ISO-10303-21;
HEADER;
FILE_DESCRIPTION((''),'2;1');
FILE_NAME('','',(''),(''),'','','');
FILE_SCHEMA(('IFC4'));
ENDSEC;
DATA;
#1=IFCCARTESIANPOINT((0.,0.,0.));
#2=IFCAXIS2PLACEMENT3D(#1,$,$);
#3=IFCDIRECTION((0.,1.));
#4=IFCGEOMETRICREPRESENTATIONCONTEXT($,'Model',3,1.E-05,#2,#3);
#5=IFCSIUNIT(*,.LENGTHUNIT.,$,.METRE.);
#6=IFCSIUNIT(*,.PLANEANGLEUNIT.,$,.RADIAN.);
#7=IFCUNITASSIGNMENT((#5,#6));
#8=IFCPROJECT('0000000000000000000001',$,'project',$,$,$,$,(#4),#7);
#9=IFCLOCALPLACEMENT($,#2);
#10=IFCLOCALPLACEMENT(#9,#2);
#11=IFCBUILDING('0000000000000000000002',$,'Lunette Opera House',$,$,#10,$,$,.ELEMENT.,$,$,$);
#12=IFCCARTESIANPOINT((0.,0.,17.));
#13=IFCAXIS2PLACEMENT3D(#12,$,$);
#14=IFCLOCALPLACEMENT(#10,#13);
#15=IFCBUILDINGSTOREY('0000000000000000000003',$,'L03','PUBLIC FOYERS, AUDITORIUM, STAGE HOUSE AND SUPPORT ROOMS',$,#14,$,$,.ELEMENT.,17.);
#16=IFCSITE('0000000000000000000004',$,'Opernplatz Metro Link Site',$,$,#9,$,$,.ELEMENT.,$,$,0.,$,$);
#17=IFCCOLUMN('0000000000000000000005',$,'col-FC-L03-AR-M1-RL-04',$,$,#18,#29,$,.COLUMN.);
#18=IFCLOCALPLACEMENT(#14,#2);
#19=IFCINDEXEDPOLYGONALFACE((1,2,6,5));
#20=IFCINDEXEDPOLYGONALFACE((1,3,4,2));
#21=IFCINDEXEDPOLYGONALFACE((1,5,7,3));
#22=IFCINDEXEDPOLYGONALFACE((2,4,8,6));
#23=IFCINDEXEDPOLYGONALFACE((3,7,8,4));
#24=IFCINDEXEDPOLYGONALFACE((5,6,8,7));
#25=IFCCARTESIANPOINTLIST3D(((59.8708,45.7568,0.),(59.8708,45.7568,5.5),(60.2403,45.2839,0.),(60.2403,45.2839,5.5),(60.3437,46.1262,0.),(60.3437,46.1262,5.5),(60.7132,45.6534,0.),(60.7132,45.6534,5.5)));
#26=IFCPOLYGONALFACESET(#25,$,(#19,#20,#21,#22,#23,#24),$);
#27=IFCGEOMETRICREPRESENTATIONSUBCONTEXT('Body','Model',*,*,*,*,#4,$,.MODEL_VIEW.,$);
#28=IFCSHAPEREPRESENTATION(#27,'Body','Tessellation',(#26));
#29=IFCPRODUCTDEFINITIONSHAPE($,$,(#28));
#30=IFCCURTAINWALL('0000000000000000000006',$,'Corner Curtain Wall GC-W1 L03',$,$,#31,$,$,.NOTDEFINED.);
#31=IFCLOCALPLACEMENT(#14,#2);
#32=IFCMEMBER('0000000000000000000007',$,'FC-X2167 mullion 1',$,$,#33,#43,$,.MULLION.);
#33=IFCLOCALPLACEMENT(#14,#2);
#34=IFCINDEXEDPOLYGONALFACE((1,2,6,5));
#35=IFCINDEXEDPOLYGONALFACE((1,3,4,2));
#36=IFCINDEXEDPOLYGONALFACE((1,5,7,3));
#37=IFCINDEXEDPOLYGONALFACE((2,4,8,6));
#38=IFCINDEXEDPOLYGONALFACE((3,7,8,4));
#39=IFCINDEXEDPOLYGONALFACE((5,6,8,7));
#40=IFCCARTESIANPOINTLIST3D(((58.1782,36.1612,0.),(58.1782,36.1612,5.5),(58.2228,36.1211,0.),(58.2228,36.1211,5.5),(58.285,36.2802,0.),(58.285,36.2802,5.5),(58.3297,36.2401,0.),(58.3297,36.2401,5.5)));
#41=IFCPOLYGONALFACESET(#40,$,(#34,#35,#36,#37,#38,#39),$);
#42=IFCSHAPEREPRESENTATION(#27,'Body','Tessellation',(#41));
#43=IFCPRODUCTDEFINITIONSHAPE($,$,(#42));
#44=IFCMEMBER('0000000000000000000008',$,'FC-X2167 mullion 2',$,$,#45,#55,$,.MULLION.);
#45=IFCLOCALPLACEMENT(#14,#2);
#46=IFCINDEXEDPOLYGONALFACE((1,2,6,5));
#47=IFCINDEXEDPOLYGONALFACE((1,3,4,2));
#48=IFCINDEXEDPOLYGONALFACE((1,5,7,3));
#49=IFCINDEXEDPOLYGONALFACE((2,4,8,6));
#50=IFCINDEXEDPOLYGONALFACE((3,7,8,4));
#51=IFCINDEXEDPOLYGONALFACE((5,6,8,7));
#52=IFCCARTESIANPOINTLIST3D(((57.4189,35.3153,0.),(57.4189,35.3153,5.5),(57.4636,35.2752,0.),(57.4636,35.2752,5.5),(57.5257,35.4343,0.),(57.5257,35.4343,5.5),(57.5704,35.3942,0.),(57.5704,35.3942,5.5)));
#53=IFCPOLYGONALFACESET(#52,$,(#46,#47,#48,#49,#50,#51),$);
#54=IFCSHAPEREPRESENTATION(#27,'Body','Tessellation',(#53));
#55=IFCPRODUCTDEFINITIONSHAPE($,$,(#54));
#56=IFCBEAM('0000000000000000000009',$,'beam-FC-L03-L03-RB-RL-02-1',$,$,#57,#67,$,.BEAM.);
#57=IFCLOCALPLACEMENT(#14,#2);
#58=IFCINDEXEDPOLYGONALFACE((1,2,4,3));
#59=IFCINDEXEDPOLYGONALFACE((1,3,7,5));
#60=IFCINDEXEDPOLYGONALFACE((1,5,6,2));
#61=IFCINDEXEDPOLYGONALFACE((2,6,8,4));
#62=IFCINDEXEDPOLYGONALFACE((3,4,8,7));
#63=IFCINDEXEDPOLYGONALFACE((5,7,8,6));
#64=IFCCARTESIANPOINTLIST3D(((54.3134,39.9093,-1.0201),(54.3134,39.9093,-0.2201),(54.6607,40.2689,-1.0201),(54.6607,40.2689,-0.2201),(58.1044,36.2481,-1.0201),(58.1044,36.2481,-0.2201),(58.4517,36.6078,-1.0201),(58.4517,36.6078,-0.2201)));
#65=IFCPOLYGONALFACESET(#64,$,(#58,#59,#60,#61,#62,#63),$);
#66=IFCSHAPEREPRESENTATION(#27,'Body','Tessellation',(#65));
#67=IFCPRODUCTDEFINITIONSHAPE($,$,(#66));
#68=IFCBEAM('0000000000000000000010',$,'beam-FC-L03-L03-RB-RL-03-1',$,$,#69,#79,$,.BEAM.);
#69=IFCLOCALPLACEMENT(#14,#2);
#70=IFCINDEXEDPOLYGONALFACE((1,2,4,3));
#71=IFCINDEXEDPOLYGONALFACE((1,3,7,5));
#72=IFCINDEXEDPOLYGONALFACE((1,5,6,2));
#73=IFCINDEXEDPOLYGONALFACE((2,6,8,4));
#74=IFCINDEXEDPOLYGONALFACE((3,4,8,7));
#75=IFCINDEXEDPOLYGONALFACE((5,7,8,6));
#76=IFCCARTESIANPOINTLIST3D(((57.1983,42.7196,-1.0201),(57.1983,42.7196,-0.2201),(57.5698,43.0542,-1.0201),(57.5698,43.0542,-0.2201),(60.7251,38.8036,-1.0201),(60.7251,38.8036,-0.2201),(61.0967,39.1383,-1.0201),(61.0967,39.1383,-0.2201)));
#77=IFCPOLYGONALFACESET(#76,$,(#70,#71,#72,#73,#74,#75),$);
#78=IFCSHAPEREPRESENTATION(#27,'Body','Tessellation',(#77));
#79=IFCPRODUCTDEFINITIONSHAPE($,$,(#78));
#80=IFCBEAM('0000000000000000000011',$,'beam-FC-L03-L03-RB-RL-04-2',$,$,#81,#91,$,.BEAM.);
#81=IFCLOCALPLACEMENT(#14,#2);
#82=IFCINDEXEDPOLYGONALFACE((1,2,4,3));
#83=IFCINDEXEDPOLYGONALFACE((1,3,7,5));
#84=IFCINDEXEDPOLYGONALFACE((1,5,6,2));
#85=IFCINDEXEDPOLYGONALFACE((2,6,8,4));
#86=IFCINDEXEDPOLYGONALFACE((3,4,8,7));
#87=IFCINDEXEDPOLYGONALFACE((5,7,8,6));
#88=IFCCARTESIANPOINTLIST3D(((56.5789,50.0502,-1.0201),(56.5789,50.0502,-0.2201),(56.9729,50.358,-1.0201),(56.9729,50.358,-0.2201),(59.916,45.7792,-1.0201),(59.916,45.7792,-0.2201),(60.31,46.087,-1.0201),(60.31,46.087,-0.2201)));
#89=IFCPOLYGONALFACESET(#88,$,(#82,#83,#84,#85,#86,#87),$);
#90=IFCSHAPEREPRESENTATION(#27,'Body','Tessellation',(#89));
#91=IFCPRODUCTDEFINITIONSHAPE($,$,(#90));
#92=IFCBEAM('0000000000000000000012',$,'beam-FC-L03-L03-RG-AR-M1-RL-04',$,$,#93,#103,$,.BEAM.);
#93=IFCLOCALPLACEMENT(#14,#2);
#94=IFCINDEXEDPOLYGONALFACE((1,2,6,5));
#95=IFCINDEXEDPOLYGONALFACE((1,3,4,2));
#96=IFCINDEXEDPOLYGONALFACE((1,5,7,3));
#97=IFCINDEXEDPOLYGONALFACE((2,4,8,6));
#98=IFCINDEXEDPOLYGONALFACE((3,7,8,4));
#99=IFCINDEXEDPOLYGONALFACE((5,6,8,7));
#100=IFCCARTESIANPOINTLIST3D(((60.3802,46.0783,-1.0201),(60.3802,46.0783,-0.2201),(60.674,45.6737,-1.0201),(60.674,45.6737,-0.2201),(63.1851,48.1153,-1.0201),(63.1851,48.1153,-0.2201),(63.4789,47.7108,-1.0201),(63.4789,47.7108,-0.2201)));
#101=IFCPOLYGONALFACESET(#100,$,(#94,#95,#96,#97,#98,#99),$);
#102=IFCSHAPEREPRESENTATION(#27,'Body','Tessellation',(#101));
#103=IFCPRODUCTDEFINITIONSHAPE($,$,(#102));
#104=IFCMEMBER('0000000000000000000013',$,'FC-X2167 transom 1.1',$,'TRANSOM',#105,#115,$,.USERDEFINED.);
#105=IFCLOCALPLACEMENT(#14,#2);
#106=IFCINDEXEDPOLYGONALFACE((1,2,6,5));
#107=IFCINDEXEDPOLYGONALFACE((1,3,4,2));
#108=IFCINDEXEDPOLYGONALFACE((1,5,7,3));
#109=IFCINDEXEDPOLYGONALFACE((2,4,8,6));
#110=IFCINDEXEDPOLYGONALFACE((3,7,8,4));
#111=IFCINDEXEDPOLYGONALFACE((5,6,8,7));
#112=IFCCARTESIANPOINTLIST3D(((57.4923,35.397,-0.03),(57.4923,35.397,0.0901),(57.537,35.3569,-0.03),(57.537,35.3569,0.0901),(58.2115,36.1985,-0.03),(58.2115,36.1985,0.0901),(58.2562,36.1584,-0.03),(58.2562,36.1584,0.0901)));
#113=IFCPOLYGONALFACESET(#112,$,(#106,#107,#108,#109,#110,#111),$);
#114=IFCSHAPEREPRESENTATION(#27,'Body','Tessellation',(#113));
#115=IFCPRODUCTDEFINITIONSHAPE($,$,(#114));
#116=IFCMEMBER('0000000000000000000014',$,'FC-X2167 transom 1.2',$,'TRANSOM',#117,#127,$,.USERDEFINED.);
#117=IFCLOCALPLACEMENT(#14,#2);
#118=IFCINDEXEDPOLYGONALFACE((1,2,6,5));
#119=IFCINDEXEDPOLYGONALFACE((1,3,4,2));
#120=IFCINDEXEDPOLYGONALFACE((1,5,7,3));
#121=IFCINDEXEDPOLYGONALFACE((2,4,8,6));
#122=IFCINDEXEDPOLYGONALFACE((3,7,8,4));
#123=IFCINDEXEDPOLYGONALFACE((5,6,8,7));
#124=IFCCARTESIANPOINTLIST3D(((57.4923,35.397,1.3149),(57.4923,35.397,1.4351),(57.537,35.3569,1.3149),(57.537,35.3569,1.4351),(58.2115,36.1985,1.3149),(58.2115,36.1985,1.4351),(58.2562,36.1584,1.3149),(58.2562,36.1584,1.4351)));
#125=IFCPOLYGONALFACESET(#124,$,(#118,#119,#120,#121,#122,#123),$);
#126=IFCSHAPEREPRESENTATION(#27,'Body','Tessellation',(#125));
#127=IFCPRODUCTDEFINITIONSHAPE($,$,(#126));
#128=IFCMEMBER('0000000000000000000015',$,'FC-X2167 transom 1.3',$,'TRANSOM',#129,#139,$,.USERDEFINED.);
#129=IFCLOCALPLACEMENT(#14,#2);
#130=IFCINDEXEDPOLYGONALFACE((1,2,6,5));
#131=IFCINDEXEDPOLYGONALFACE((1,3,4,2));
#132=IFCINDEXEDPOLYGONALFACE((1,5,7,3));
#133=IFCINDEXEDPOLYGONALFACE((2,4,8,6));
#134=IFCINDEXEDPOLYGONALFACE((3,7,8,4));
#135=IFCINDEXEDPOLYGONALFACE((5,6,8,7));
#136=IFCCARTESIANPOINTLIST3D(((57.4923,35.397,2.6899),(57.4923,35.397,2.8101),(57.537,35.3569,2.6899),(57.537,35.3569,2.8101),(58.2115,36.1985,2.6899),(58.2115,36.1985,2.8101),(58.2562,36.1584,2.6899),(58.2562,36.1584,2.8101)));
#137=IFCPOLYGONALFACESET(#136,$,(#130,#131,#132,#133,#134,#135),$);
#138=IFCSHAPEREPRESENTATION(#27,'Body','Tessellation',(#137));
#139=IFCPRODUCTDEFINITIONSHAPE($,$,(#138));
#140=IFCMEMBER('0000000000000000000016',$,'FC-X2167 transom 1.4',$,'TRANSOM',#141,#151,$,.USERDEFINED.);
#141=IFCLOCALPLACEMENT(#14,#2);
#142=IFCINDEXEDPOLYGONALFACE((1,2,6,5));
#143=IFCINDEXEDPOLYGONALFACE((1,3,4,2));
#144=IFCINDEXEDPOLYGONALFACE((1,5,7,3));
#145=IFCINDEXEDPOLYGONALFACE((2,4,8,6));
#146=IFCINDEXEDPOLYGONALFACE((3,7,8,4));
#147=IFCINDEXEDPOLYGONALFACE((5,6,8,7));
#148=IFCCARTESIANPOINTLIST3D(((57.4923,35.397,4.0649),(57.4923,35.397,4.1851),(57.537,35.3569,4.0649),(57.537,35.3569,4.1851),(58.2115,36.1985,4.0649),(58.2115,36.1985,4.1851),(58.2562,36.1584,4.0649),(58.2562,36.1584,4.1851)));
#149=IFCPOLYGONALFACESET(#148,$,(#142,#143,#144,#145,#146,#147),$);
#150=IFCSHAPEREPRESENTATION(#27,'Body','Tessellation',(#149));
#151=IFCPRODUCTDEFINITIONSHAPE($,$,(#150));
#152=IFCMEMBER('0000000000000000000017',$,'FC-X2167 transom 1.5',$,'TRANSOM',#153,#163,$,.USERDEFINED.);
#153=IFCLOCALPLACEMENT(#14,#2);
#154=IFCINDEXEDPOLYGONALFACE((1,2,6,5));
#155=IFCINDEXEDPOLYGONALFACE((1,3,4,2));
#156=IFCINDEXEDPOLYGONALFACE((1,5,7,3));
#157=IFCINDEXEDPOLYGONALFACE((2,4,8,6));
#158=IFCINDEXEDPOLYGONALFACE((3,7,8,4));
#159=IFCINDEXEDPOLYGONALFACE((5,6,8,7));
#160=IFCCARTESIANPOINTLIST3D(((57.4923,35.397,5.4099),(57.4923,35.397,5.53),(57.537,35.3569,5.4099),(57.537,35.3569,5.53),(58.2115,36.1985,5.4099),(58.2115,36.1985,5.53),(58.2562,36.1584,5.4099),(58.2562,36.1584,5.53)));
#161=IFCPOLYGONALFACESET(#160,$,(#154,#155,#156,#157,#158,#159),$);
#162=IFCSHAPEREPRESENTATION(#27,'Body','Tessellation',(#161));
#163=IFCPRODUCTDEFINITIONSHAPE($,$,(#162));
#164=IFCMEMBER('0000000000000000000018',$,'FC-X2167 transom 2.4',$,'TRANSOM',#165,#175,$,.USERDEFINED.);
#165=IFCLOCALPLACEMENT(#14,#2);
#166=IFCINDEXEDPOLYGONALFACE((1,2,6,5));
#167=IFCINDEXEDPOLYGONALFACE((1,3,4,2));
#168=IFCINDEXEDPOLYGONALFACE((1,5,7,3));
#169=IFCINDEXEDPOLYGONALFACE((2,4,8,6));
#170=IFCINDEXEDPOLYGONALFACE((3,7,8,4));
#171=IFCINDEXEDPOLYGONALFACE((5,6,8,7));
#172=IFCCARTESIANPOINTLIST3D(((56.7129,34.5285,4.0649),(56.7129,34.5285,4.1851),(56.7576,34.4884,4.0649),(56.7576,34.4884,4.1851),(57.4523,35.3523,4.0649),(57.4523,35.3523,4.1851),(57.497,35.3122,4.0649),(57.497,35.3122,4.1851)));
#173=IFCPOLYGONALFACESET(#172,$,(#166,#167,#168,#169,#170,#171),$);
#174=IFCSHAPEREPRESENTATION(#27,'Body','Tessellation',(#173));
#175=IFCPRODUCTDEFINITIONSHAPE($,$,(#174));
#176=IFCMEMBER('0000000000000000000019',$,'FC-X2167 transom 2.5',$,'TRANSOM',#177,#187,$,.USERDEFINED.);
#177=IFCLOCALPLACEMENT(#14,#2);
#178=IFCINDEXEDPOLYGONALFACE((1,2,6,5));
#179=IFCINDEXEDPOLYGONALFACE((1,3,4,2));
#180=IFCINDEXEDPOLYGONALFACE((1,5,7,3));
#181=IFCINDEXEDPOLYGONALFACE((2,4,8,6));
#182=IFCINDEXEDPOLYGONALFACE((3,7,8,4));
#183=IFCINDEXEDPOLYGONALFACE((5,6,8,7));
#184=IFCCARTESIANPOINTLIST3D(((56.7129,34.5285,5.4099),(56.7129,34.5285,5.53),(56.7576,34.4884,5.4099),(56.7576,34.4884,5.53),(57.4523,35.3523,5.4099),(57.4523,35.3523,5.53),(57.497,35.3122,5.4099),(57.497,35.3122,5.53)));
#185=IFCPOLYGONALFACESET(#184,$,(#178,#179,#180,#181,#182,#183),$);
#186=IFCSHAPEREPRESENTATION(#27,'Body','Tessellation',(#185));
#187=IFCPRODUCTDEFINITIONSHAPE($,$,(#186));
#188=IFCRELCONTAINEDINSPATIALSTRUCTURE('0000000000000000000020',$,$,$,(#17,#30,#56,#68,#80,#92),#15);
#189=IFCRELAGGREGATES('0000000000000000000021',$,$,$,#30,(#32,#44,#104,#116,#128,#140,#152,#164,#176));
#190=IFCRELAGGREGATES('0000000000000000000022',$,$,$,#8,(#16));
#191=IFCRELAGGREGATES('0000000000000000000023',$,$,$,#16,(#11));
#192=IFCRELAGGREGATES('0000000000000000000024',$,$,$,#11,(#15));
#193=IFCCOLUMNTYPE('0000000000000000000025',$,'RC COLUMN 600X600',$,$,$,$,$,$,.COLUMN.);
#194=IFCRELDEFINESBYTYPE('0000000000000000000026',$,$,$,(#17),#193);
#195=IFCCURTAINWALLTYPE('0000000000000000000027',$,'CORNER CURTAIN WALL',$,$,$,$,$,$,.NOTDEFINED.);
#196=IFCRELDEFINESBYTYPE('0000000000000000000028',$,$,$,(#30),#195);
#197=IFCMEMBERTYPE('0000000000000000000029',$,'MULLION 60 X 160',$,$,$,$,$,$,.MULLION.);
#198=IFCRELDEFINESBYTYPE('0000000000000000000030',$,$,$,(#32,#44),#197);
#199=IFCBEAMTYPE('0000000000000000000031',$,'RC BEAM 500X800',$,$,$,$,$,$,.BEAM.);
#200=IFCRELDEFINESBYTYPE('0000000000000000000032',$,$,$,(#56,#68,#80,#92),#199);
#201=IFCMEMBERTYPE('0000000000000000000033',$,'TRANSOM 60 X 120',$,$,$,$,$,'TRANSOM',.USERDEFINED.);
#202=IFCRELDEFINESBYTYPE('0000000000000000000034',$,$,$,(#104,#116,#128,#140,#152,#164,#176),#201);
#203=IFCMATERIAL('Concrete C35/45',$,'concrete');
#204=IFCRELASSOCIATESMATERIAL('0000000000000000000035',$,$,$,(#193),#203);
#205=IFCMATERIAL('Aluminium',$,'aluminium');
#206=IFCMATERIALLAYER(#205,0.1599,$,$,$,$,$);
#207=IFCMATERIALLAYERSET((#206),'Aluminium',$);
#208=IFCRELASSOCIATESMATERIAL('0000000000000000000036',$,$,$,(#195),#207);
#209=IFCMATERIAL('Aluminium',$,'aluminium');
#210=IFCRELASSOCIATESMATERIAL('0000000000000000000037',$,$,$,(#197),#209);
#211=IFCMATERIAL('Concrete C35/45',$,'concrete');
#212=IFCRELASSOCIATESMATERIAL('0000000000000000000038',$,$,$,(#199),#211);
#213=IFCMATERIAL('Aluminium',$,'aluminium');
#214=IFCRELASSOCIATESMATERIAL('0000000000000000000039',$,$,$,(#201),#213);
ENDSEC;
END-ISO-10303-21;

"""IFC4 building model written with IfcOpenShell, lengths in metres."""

from ifc_helpers import new_model, si_unit, direction, frame, origin, origin_2d, place, context, subcontext, project, spatial, rectangle, extrude, material, layer, layer_set, material_profile, profile_set, type_object, element, aggregate, save


model = new_model("IFC4")

# Units and contexts
model_context = context("Model", 3, precision=1e-05, world=origin(), true_north=direction((0.0, 1.0)))
body_context = subcontext(model_context, "Body", "Model", "MODEL_VIEW")
ifc_project = project(units=[si_unit("LENGTHUNIT", "METRE"), si_unit("PLANEANGLEUNIT", "RADIAN")], contexts=[model_context])

# Site, building, storey
site_placement = place(None, origin())
site = spatial("IfcSite", under=ifc_project, at=site_placement, Name="Opernplatz Metro Link Site", CompositionType="ELEMENT", RefElevation=0.0)
building_placement = place(site_placement, origin())
building = spatial("IfcBuilding", under=site, at=building_placement, Name="Lunette Opera House", CompositionType="ELEMENT")
storey_placement = place(building_placement, frame((0.0, 0.0, 17.0)))
storey = spatial("IfcBuildingStorey", under=building, at=storey_placement, Name="L03", Description="PUBLIC FOYERS, AUDITORIUM, STAGE HOUSE AND SUPPORT ROOMS", CompositionType="ELEMENT", Elevation=17.0)

# Column
ifc_material_1 = material(Name="Concrete C35/45", Category="concrete")
ifc_material_profile_1 = material_profile(ifc_material_1, rectangle(XDim=0.6001, YDim=0.6001, at=origin_2d()), Name="RC COLUMN 600X600")
ifc_profile_set_1 = profile_set([ifc_material_profile_1], Name="Concrete C35/45")
column_type = type_object("IfcColumnType", Name="RC COLUMN 600X600", PredefinedType="COLUMN", material=ifc_profile_set_1)
column_placement = place(storey_placement, frame((60.292, 45.7051, 0.0), z_axis=(0.0, 0.0, 1.0), x_axis=(0.788011, 0.615661, 0.0)))
element("IfcColumn", 1, at=column_placement, inside=storey, type_object=column_type, Name="col-FC-L03-AR-M1-RL-04", PredefinedType="COLUMN", context=body_context, shape_type="SweptSolid", body=[
    extrude(rectangle(XDim=0.6001, YDim=0.6001, at=origin_2d()), origin(), (0.0, 0.0, 1.0), 5.5),
])

# Curtain wall, members
ifc_material_2 = material(Name="Aluminium", Category="aluminium")
ifc_layer_1 = layer(ifc_material_2, 0.1599)
ifc_layer_set_1 = layer_set([ifc_layer_1], Name="Aluminium")
curtain_wall_type = type_object("IfcCurtainWallType", Name="CORNER CURTAIN WALL", PredefinedType="NOTDEFINED", material=ifc_layer_set_1)
curtain_wall_placement = place(storey_placement, origin())
curtain_wall = element("IfcCurtainWall", 2, at=curtain_wall_placement, inside=storey, type_object=curtain_wall_type, Name="Corner Curtain Wall GC-W1 L03", PredefinedType="NOTDEFINED")
ifc_material_3 = material(Name="Aluminium", Category="aluminium")
ifc_material_profile_2 = material_profile(ifc_material_3, rectangle(XDim=0.0601, YDim=0.1599, at=origin_2d()), Name="MULLION 60 X 160")
ifc_profile_set_2 = profile_set([ifc_material_profile_2], Name="Aluminium")
member_type_1 = type_object("IfcMemberType", Name="MULLION 60 X 160", PredefinedType="MULLION", material=ifc_profile_set_2)
member_1_placement = place(storey_placement, frame((58.2539, 36.2007, 0.0), z_axis=(0.0, 0.0, 1.0), x_axis=(0.744217, -0.667938, 0.0)))
member_1 = element("IfcMember", 3, at=member_1_placement, type_object=member_type_1, Name="FC-X2167 mullion 1", PredefinedType="MULLION", context=body_context, shape_type="SweptSolid", body=[
    extrude(rectangle(XDim=0.0601, YDim=0.1599, at=origin_2d()), origin(), (0.0, 0.0, 1.0), 5.5),
])
member_2_placement = place(storey_placement, frame((57.4946, 35.3547, 0.0), z_axis=(0.0, 0.0, 1.0), x_axis=(0.744217, -0.667938, 0.0)))
member_2 = element("IfcMember", 4, at=member_2_placement, type_object=member_type_1, Name="FC-X2167 mullion 2", PredefinedType="MULLION", context=body_context, shape_type="SweptSolid", body=[
    extrude(rectangle(XDim=0.0601, YDim=0.1599, at=origin_2d()), origin(), (0.0, 0.0, 1.0), 5.5),
])

# Beams
ifc_material_4 = material(Name="Concrete C35/45", Category="concrete")
ifc_material_profile_3 = material_profile(ifc_material_4, rectangle(XDim=0.5, YDim=0.8, at=origin_2d()), Name="RC BEAM 500X800")
ifc_profile_set_3 = profile_set([ifc_material_profile_3], Name="Concrete C35/45")
beam_type = type_object("IfcBeamType", Name="RC BEAM 500X800", PredefinedType="BEAM", material=ifc_profile_set_3)
beam_1_placement = place(storey_placement, frame((58.2781, 36.428, -0.6201), z_axis=(-0.719322, 0.694677, 0.0), x_axis=(-0.694677, -0.719322, 0.0)))
element("IfcBeam", 5, at=beam_1_placement, inside=storey, type_object=beam_type, Name="beam-FC-L03-L03-RB-RL-02-1", PredefinedType="BEAM", context=body_context, shape_type="SweptSolid", body=[
    extrude(rectangle(XDim=0.5, YDim=0.8, at=origin_2d()), origin(), (0.0, 0.0, 1.0), 5.2703),
])
beam_2_placement = place(storey_placement, frame((60.9109, 38.9709, -0.6201), z_axis=(-0.669221, 0.743064, 0.0), x_axis=(-0.743064, -0.669221, 0.0)))
element("IfcBeam", 6, at=beam_2_placement, inside=storey, type_object=beam_type, Name="beam-FC-L03-L03-RB-RL-03-1", PredefinedType="BEAM", context=body_context, shape_type="SweptSolid", body=[
    extrude(rectangle(XDim=0.5, YDim=0.8, at=origin_2d()), origin(), (0.0, 0.0, 1.0), 5.27),
])
beam_3_placement = place(storey_placement, frame((60.113, 45.9331, -0.6201), z_axis=(-0.615695, 0.787985, 0.0), x_axis=(-0.787985, -0.615695, 0.0)))
element("IfcBeam", 7, at=beam_3_placement, inside=storey, type_object=beam_type, Name="beam-FC-L03-L03-RB-RL-04-2", PredefinedType="BEAM", context=body_context, shape_type="SweptSolid", body=[
    extrude(rectangle(XDim=0.5, YDim=0.8, at=origin_2d()), origin(), (0.0, 0.0, 1.0), 5.4202),
])
beam_4_placement = place(storey_placement, frame((60.5271, 45.876, -0.6201), z_axis=(0.809126, 0.587636, 0.0), x_axis=(-0.587636, 0.809126, 0.0)))
element("IfcBeam", 8, at=beam_4_placement, inside=storey, type_object=beam_type, Name="beam-FC-L03-L03-RG-AR-M1-RL-04", PredefinedType="BEAM", context=body_context, shape_type="SweptSolid", body=[
    extrude(rectangle(XDim=0.5, YDim=0.8, at=origin_2d()), origin(), (0.0, 0.0, 1.0), 3.4666),
])

# Members
ifc_material_5 = material(Name="Aluminium", Category="aluminium")
ifc_material_profile_4 = material_profile(ifc_material_5, rectangle(XDim=0.0601, YDim=0.1201, at=origin_2d()), Name="TRANSOM 60 X 120")
ifc_profile_set_4 = profile_set([ifc_material_profile_4], Name="Aluminium")
member_type_2 = type_object("IfcMemberType", Name="TRANSOM 60 X 120", ElementType="TRANSOM", PredefinedType="USERDEFINED", material=ifc_profile_set_4)
member_3_placement = place(storey_placement, frame((58.2339, 36.1785, 0.03), z_axis=(-0.667874, -0.744274, 0.0), x_axis=(0.744274, -0.667874, 0.0)))
member_3 = element("IfcMember", 9, at=member_3_placement, type_object=member_type_2, Name="FC-X2167 transom 1.1", ObjectType="TRANSOM", PredefinedType="USERDEFINED", context=body_context, shape_type="SweptSolid", body=[
    extrude(rectangle(XDim=0.0601, YDim=0.1201, at=origin_2d()), origin(), (0.0, 0.0, 1.0), 1.0769),
])
member_4_placement = place(storey_placement, frame((58.2339, 36.1785, 1.375), z_axis=(-0.667874, -0.744274, 0.0), x_axis=(0.744274, -0.667874, 0.0)))
member_4 = element("IfcMember", 10, at=member_4_placement, type_object=member_type_2, Name="FC-X2167 transom 1.2", ObjectType="TRANSOM", PredefinedType="USERDEFINED", context=body_context, shape_type="SweptSolid", body=[
    extrude(rectangle(XDim=0.0601, YDim=0.1201, at=origin_2d()), origin(), (0.0, 0.0, 1.0), 1.0769),
])
member_5_placement = place(storey_placement, frame((58.2339, 36.1785, 2.75), z_axis=(-0.667874, -0.744274, 0.0), x_axis=(0.744274, -0.667874, 0.0)))
member_5 = element("IfcMember", 11, at=member_5_placement, type_object=member_type_2, Name="FC-X2167 transom 1.3", ObjectType="TRANSOM", PredefinedType="USERDEFINED", context=body_context, shape_type="SweptSolid", body=[
    extrude(rectangle(XDim=0.0601, YDim=0.1201, at=origin_2d()), origin(), (0.0, 0.0, 1.0), 1.0769),
])
member_6_placement = place(storey_placement, frame((58.2339, 36.1785, 4.125), z_axis=(-0.667874, -0.744274, 0.0), x_axis=(0.744274, -0.667874, 0.0)))
member_6 = element("IfcMember", 12, at=member_6_placement, type_object=member_type_2, Name="FC-X2167 transom 1.4", ObjectType="TRANSOM", PredefinedType="USERDEFINED", context=body_context, shape_type="SweptSolid", body=[
    extrude(rectangle(XDim=0.0601, YDim=0.1201, at=origin_2d()), origin(), (0.0, 0.0, 1.0), 1.0769),
])
member_7_placement = place(storey_placement, frame((58.2339, 36.1785, 5.47), z_axis=(-0.667874, -0.744274, 0.0), x_axis=(0.744274, -0.667874, 0.0)))
member_7 = element("IfcMember", 13, at=member_7_placement, type_object=member_type_2, Name="FC-X2167 transom 1.5", ObjectType="TRANSOM", PredefinedType="USERDEFINED", context=body_context, shape_type="SweptSolid", body=[
    extrude(rectangle(XDim=0.0601, YDim=0.1201, at=origin_2d()), origin(), (0.0, 0.0, 1.0), 1.0769),
])
member_8_placement = place(storey_placement, frame((57.4746, 35.3323, 4.125), z_axis=(-0.667916, -0.744237, 0.0), x_axis=(0.744237, -0.667916, 0.0)))
member_8 = element("IfcMember", 14, at=member_8_placement, type_object=member_type_2, Name="FC-X2167 transom 2.4", ObjectType="TRANSOM", PredefinedType="USERDEFINED", context=body_context, shape_type="SweptSolid", body=[
    extrude(rectangle(XDim=0.0601, YDim=0.1201, at=origin_2d()), origin(), (0.0, 0.0, 1.0), 1.1069),
])
member_9_placement = place(storey_placement, frame((57.4746, 35.3323, 5.47), z_axis=(-0.667916, -0.744237, 0.0), x_axis=(0.744237, -0.667916, 0.0)))
member_9 = element("IfcMember", 15, at=member_9_placement, type_object=member_type_2, Name="FC-X2167 transom 2.5", ObjectType="TRANSOM", PredefinedType="USERDEFINED", context=body_context, shape_type="SweptSolid", body=[
    extrude(rectangle(XDim=0.0601, YDim=0.1201, at=origin_2d()), origin(), (0.0, 0.0, 1.0), 1.1069),
])

aggregate(curtain_wall, [member_1, member_2, member_3, member_4, member_5, member_6, member_7, member_8, member_9])

save(model, "model.ifc")
